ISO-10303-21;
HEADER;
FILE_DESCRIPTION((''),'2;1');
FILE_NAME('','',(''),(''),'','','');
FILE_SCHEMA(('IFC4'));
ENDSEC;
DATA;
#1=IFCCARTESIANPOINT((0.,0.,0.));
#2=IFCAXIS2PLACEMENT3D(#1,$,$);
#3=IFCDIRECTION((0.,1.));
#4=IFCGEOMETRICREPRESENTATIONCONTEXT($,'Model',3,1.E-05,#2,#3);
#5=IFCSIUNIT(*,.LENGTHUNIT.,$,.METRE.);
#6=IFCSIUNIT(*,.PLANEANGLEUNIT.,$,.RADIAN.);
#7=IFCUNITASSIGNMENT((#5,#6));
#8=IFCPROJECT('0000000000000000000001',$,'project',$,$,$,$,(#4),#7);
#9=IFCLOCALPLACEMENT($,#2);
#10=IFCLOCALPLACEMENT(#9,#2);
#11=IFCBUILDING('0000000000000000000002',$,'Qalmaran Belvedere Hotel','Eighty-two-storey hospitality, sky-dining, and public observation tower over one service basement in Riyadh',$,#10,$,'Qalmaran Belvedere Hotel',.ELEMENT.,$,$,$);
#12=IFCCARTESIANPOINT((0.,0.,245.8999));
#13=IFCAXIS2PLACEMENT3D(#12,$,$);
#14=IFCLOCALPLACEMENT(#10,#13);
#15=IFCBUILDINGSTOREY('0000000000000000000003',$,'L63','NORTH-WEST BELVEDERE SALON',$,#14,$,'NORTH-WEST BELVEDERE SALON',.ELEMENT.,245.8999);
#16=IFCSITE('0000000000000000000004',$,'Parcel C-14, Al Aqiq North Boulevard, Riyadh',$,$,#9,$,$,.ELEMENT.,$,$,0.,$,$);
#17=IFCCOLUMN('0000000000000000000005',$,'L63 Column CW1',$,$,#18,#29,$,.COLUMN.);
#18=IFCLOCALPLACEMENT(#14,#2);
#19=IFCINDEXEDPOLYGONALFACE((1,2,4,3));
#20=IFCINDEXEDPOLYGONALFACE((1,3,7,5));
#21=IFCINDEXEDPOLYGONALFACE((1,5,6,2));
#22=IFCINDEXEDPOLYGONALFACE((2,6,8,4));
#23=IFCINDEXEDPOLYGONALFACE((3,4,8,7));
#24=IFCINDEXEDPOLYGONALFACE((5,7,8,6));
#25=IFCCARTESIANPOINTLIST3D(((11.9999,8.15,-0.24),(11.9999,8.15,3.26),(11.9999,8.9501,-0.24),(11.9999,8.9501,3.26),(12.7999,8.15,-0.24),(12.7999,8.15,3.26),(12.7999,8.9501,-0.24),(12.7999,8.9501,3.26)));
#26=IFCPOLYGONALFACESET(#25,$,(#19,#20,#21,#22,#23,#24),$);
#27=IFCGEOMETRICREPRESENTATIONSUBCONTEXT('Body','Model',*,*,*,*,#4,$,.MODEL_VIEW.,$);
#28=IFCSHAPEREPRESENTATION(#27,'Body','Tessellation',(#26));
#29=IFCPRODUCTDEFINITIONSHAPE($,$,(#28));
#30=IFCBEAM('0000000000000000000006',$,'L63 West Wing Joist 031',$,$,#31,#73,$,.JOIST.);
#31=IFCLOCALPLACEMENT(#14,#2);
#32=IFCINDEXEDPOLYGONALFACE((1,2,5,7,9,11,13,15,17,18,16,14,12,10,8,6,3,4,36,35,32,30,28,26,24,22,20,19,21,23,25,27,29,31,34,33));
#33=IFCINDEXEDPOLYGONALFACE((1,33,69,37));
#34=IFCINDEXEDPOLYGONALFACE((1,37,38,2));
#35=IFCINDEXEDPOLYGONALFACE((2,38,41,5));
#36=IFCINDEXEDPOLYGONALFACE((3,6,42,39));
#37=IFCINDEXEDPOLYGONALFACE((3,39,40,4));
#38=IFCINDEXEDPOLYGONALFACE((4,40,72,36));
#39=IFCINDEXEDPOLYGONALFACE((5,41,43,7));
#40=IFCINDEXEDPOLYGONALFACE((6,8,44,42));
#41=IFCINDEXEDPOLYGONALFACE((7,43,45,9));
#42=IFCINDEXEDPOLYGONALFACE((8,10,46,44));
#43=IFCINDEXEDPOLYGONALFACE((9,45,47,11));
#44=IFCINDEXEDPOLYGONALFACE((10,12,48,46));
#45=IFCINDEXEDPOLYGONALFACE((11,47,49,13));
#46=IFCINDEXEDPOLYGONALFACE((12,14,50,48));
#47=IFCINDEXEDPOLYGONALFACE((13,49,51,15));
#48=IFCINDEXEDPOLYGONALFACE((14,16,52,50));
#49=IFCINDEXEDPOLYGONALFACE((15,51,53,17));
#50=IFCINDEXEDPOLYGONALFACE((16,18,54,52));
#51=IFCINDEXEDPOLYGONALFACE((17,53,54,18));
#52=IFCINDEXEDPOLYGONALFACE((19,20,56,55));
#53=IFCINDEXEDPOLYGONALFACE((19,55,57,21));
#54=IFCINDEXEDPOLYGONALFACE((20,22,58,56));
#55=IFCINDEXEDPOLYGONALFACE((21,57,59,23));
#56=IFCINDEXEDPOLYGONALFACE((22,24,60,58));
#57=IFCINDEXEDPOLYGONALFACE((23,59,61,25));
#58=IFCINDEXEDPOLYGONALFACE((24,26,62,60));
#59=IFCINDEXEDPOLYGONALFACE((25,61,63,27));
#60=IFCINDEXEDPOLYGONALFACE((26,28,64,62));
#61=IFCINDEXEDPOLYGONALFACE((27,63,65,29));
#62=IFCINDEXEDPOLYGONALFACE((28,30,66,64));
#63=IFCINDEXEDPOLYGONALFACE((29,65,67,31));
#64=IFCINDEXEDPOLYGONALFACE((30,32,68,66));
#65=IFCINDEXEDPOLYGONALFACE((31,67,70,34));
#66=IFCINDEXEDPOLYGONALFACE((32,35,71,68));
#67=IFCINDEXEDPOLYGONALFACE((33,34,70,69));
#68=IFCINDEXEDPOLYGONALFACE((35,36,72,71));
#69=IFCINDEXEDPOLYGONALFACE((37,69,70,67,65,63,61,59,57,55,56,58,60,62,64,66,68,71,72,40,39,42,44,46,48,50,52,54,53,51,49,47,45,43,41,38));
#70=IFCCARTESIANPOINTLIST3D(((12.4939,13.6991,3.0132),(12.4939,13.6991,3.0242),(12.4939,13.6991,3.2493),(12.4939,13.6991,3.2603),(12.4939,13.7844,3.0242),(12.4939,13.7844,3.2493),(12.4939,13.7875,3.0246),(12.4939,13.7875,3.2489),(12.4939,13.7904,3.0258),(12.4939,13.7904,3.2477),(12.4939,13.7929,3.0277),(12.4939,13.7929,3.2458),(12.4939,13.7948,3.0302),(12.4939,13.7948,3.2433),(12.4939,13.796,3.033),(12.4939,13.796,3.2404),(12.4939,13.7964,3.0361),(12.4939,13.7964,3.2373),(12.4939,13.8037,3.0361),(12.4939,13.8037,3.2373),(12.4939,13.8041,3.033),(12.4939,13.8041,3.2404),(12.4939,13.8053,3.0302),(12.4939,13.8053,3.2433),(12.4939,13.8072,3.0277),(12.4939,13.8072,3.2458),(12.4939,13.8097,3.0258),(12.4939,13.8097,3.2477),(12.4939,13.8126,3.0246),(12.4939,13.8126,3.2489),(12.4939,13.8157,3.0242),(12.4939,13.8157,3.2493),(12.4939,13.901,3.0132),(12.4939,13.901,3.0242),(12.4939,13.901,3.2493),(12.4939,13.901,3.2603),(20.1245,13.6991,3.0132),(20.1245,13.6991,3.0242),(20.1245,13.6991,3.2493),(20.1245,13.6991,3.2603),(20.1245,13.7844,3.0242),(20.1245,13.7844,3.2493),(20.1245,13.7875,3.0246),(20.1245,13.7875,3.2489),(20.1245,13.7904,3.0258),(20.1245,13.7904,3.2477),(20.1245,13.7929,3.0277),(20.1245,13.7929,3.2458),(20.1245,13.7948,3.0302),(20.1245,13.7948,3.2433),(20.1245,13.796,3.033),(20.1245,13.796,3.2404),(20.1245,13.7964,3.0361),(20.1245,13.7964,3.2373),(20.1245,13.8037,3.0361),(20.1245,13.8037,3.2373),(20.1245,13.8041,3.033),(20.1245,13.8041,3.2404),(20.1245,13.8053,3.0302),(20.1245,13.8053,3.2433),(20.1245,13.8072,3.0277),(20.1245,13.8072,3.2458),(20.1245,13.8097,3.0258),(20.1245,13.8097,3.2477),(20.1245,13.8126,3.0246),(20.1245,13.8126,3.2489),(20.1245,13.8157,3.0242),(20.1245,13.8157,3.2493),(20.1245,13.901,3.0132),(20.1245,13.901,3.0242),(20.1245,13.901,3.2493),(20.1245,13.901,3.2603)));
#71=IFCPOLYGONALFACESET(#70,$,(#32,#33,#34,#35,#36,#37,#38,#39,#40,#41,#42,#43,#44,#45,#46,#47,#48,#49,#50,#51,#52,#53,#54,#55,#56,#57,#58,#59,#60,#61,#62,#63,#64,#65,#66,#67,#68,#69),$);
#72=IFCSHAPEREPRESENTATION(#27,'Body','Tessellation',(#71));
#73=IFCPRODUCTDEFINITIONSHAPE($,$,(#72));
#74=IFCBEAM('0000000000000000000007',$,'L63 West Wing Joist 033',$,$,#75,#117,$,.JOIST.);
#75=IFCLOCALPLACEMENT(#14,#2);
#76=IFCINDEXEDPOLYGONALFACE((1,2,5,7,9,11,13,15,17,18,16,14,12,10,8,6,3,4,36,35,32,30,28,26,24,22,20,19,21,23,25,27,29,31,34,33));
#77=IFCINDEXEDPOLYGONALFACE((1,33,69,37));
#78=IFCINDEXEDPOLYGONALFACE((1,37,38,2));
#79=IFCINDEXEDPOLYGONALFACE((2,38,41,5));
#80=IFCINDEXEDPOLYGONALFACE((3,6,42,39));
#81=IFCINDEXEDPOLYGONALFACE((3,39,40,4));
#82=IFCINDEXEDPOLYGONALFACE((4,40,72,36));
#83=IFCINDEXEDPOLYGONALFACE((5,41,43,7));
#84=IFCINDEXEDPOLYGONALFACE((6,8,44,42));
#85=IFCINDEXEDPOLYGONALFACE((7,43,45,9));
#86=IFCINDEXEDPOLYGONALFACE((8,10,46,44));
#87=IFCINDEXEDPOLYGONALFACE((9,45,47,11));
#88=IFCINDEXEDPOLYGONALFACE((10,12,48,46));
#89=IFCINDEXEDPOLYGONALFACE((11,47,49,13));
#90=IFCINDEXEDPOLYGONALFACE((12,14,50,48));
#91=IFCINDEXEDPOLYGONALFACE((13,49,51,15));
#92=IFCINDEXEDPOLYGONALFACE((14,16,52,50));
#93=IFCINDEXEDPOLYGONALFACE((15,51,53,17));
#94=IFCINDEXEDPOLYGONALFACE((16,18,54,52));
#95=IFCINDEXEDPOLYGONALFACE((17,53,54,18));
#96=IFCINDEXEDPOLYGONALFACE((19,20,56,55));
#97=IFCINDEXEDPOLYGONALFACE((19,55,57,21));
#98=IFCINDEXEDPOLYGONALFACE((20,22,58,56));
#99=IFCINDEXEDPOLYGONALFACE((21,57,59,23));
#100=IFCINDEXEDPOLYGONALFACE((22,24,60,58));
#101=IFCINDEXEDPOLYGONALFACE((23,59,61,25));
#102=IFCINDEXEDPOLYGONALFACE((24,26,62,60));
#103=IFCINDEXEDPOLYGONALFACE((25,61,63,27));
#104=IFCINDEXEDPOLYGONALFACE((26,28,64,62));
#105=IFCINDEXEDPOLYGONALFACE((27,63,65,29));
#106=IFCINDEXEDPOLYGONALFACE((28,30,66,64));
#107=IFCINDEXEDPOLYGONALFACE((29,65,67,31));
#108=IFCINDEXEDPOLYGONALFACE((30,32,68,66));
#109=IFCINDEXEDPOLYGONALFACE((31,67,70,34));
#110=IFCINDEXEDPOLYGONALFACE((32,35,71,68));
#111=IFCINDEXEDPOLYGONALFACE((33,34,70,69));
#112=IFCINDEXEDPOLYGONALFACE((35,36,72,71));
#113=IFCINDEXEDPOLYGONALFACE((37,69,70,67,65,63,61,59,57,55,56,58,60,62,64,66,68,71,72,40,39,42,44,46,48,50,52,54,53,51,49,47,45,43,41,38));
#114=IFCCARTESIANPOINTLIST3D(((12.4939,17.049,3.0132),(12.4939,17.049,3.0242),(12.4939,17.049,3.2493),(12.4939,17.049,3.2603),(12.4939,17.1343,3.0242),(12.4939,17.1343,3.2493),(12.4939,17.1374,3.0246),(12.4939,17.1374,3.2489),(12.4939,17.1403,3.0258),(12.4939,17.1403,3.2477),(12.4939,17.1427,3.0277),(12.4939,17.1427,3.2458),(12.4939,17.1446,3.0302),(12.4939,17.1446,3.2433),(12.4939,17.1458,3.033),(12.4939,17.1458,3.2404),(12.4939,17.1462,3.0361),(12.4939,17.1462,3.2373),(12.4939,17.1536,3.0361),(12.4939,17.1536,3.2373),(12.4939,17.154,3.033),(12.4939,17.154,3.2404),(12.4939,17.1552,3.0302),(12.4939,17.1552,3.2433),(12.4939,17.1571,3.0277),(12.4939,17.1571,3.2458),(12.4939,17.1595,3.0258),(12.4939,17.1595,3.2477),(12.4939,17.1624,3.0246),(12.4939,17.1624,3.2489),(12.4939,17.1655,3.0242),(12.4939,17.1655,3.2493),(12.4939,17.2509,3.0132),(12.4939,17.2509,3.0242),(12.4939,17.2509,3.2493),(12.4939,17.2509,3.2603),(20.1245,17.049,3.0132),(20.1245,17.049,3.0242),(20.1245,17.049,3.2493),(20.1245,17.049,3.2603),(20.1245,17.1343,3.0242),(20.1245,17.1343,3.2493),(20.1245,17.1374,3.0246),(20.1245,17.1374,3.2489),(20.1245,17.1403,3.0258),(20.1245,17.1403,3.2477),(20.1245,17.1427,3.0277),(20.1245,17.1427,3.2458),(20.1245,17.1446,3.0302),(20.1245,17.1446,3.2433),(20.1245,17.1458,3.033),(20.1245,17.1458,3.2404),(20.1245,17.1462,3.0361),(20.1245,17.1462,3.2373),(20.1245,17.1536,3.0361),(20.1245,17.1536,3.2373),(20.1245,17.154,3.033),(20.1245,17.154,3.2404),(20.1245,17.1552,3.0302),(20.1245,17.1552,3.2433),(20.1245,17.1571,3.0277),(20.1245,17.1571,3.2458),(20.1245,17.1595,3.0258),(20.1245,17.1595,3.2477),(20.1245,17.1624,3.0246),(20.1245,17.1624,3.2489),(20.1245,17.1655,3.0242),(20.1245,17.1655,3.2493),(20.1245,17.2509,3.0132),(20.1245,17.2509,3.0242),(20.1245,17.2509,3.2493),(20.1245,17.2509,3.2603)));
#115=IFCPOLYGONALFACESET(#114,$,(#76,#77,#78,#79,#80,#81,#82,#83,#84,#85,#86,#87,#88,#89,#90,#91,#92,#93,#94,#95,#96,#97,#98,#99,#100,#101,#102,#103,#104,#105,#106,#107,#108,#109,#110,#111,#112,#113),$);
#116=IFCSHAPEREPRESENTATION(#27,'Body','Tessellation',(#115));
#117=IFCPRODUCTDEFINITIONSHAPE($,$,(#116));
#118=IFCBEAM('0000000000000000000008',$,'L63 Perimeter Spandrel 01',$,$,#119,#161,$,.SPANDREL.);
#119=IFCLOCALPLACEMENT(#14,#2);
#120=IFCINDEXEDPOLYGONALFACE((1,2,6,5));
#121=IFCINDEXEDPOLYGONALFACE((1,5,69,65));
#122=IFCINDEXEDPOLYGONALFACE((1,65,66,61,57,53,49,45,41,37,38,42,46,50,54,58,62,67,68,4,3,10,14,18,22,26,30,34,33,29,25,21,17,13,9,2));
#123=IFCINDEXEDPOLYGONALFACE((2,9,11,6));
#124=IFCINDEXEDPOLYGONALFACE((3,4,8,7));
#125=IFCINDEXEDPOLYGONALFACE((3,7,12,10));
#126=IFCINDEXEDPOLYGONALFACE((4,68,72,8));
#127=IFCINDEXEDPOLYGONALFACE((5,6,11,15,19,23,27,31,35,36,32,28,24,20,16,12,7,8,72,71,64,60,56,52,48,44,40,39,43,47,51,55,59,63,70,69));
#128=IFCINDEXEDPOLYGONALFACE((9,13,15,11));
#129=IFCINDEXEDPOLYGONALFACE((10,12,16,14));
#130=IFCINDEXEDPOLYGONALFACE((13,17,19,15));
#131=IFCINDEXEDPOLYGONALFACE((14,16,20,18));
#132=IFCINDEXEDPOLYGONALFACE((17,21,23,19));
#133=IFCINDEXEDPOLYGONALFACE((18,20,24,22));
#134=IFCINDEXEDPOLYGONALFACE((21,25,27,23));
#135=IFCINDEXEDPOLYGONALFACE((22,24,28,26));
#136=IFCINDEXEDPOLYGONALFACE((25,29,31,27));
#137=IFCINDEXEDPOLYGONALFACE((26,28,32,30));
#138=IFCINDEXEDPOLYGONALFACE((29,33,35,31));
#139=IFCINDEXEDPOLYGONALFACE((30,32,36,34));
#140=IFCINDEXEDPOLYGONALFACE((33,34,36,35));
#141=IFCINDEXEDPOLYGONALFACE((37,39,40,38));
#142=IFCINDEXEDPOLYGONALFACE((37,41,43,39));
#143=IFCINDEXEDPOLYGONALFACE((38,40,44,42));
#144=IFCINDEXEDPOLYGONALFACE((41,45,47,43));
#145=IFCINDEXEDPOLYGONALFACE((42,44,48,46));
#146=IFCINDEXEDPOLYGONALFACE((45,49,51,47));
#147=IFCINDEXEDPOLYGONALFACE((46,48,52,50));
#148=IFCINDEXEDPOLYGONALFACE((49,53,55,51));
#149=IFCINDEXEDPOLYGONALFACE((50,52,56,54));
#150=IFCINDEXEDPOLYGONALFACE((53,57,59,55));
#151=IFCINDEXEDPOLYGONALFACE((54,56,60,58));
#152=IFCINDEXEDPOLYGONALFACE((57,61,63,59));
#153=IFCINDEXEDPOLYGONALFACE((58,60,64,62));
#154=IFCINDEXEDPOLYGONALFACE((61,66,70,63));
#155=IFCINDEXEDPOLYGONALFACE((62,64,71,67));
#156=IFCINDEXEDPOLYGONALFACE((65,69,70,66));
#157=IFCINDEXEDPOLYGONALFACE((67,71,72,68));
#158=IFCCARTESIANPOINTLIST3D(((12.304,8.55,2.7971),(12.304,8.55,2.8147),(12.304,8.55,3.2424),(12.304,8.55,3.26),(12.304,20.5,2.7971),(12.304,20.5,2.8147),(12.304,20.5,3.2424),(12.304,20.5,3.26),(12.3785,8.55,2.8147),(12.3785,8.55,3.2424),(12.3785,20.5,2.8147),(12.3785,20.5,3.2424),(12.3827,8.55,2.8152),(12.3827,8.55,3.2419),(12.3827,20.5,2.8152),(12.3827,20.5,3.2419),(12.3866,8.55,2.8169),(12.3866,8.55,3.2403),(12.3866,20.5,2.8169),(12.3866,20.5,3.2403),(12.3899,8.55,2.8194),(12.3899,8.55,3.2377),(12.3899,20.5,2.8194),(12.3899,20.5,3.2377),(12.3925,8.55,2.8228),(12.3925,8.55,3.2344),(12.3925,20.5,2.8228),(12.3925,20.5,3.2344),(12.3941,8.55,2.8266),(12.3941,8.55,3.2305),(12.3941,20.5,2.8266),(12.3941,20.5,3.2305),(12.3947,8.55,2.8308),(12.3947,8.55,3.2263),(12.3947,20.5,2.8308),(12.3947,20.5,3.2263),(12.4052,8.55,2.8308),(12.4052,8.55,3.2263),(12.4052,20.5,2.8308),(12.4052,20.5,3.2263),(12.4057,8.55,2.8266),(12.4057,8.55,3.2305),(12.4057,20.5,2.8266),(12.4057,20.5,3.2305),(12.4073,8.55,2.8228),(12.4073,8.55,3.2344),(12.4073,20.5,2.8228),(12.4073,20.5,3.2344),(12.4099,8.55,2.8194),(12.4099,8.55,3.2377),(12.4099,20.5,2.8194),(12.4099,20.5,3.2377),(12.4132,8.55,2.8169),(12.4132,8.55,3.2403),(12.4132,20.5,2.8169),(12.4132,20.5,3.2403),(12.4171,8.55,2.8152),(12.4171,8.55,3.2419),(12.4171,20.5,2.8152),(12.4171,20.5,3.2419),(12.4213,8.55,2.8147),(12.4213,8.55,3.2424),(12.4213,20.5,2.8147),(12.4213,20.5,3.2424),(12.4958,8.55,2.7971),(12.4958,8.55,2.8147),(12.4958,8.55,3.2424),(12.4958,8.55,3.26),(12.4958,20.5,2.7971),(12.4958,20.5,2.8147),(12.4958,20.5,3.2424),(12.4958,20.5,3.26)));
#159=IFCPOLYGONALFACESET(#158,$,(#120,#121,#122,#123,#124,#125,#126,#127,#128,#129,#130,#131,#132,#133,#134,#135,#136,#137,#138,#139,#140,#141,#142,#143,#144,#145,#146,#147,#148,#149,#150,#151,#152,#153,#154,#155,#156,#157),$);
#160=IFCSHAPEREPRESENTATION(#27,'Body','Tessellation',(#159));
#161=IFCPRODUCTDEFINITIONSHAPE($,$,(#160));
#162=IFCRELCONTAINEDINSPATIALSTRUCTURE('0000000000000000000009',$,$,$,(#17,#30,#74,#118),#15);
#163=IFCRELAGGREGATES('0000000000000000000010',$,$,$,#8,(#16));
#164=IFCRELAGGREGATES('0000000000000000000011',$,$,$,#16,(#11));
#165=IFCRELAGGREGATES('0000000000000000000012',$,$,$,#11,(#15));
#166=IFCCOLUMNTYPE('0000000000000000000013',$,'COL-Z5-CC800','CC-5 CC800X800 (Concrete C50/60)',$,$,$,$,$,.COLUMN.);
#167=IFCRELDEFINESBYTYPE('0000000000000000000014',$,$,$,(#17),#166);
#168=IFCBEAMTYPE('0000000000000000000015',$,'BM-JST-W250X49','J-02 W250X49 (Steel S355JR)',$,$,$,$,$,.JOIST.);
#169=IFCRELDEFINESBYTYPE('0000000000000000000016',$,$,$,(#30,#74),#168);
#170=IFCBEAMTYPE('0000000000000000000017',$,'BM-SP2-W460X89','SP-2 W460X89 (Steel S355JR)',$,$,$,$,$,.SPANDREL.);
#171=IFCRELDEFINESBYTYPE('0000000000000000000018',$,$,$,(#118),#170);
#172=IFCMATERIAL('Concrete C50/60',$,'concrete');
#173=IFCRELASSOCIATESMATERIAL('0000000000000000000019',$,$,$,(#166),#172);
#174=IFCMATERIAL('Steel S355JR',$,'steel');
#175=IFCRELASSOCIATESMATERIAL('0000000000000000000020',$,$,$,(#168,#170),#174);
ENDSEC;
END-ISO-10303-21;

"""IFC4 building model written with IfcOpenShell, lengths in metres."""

from ifc_helpers import new_model, si_unit, direction, frame, origin, origin_2d, place, context, subcontext, project, spatial, rectangle, i_section, extrude, material, material_profile, profile_set, type_object, element, save


model = new_model("IFC4")

# Units and contexts
model_context = context("Model", 3, precision=1e-05, world=origin(), true_north=direction((0.0, 1.0)))
body_context = subcontext(model_context, "Body", "Model", "MODEL_VIEW")
ifc_project = project(units=[si_unit("LENGTHUNIT", "METRE"), si_unit("PLANEANGLEUNIT", "RADIAN")], contexts=[model_context])

# Site, building, storey
site_placement = place(None, origin())
site = spatial("IfcSite", under=ifc_project, at=site_placement, Name="Parcel C-14, Al Aqiq North Boulevard, Riyadh", CompositionType="ELEMENT", RefElevation=0.0)
building_placement = place(site_placement, origin())
building = spatial("IfcBuilding", under=site, at=building_placement, Name="Qalmaran Belvedere Hotel", Description="Eighty-two-storey hospitality, sky-dining, and public observation tower over one service basement in Riyadh", LongName="Qalmaran Belvedere Hotel", CompositionType="ELEMENT")
storey_placement = place(building_placement, frame((0.0, 0.0, 245.8999)))
storey = spatial("IfcBuildingStorey", under=building, at=storey_placement, Name="L63", Description="NORTH-WEST BELVEDERE SALON", LongName="NORTH-WEST BELVEDERE SALON", CompositionType="ELEMENT", Elevation=245.8999)

# Column
ifc_material_1 = material(Name="Concrete C50/60", Category="concrete")
ifc_material_profile_1 = material_profile(ifc_material_1, rectangle(XDim=0.8, YDim=0.8, at=origin_2d()), Name="CC800X800")
ifc_profile_set_1 = profile_set([ifc_material_profile_1], Name="Concrete C50/60")
column_type = type_object("IfcColumnType", Name="COL-Z5-CC800", Description="CC-5 CC800X800 (Concrete C50/60)", PredefinedType="COLUMN", material=ifc_profile_set_1)
column_placement = place(storey_placement, frame((12.3999, 8.55, -0.24), z_axis=(0.0, 0.0, 1.0), x_axis=(1.0, 0.0, 0.0)))
element("IfcColumn", 1, at=column_placement, inside=storey, type_object=column_type, Name="L63 Column CW1", PredefinedType="COLUMN", context=body_context, shape_type="SweptSolid", body=[
    extrude(rectangle(XDim=0.8, YDim=0.8, at=origin_2d()), origin(), (0.0, 0.0, 1.0), 3.5),
])

# Beams
ifc_material_2 = material(Name="Steel S355JR", Category="steel")
ifc_material_profile_2 = material_profile(ifc_material_2, i_section(OverallWidth=0.2019, OverallDepth=0.2471, WebThickness=0.0073, FlangeThickness=0.011, FilletRadius=0.012, at=origin_2d()), Name="W250X49")
ifc_profile_set_2 = profile_set([ifc_material_profile_2], Name="Steel S355JR")
beam_type_1 = type_object("IfcBeamType", Name="BM-JST-W250X49", Description="J-02 W250X49 (Steel S355JR)", PredefinedType="JOIST", material=ifc_profile_set_2)
for number, where, z_axis, x_axis, name in (
    (2, (12.4939, 13.8, 3.1367), (1.0, 0.0, 0.0), (0.0, 1.0, 0.0), "L63 West Wing Joist 031"),
    (3, (12.4939, 17.1499, 3.1367), (1.0, 0.0, 0.0), (0.0, 1.0, 0.0), "L63 West Wing Joist 033"),
):
    element("IfcBeam", number, at=place(storey_placement, frame(where, z_axis=z_axis, x_axis=x_axis)), inside=storey, type_object=beam_type_1, Name=name, PredefinedType="JOIST", context=body_context, shape_type="SweptSolid", body=[
        extrude(i_section(OverallWidth=0.2019, OverallDepth=0.2471, WebThickness=0.0073, FlangeThickness=0.011, FilletRadius=0.012, at=origin_2d()), origin(), (0.0, 0.0, 1.0), 7.6306),
    ])
ifc_material_profile_3 = material_profile(ifc_material_2, i_section(OverallWidth=0.1919, OverallDepth=0.4629, WebThickness=0.0105, FlangeThickness=0.0176, FilletRadius=0.0161, at=origin_2d()), Name="W460X89")
ifc_profile_set_3 = profile_set([ifc_material_profile_3], Name="Steel S355JR")
beam_type_2 = type_object("IfcBeamType", Name="BM-SP2-W460X89", Description="SP-2 W460X89 (Steel S355JR)", PredefinedType="SPANDREL", material=ifc_profile_set_3)
beam_1_placement = place(storey_placement, frame((12.3999, 8.55, 3.0286), z_axis=(0.0, 1.0, 0.0), x_axis=(-1.0, 0.0, 0.0)))
element("IfcBeam", 4, at=beam_1_placement, inside=storey, type_object=beam_type_2, Name="L63 Perimeter Spandrel 01", PredefinedType="SPANDREL", context=body_context, shape_type="SweptSolid", body=[
    extrude(i_section(OverallWidth=0.1919, OverallDepth=0.4629, WebThickness=0.0105, FlangeThickness=0.0176, FilletRadius=0.0161, at=origin_2d()), origin(), (0.0, 0.0, 1.0), 11.95),
])

save(model, "model.ifc")
